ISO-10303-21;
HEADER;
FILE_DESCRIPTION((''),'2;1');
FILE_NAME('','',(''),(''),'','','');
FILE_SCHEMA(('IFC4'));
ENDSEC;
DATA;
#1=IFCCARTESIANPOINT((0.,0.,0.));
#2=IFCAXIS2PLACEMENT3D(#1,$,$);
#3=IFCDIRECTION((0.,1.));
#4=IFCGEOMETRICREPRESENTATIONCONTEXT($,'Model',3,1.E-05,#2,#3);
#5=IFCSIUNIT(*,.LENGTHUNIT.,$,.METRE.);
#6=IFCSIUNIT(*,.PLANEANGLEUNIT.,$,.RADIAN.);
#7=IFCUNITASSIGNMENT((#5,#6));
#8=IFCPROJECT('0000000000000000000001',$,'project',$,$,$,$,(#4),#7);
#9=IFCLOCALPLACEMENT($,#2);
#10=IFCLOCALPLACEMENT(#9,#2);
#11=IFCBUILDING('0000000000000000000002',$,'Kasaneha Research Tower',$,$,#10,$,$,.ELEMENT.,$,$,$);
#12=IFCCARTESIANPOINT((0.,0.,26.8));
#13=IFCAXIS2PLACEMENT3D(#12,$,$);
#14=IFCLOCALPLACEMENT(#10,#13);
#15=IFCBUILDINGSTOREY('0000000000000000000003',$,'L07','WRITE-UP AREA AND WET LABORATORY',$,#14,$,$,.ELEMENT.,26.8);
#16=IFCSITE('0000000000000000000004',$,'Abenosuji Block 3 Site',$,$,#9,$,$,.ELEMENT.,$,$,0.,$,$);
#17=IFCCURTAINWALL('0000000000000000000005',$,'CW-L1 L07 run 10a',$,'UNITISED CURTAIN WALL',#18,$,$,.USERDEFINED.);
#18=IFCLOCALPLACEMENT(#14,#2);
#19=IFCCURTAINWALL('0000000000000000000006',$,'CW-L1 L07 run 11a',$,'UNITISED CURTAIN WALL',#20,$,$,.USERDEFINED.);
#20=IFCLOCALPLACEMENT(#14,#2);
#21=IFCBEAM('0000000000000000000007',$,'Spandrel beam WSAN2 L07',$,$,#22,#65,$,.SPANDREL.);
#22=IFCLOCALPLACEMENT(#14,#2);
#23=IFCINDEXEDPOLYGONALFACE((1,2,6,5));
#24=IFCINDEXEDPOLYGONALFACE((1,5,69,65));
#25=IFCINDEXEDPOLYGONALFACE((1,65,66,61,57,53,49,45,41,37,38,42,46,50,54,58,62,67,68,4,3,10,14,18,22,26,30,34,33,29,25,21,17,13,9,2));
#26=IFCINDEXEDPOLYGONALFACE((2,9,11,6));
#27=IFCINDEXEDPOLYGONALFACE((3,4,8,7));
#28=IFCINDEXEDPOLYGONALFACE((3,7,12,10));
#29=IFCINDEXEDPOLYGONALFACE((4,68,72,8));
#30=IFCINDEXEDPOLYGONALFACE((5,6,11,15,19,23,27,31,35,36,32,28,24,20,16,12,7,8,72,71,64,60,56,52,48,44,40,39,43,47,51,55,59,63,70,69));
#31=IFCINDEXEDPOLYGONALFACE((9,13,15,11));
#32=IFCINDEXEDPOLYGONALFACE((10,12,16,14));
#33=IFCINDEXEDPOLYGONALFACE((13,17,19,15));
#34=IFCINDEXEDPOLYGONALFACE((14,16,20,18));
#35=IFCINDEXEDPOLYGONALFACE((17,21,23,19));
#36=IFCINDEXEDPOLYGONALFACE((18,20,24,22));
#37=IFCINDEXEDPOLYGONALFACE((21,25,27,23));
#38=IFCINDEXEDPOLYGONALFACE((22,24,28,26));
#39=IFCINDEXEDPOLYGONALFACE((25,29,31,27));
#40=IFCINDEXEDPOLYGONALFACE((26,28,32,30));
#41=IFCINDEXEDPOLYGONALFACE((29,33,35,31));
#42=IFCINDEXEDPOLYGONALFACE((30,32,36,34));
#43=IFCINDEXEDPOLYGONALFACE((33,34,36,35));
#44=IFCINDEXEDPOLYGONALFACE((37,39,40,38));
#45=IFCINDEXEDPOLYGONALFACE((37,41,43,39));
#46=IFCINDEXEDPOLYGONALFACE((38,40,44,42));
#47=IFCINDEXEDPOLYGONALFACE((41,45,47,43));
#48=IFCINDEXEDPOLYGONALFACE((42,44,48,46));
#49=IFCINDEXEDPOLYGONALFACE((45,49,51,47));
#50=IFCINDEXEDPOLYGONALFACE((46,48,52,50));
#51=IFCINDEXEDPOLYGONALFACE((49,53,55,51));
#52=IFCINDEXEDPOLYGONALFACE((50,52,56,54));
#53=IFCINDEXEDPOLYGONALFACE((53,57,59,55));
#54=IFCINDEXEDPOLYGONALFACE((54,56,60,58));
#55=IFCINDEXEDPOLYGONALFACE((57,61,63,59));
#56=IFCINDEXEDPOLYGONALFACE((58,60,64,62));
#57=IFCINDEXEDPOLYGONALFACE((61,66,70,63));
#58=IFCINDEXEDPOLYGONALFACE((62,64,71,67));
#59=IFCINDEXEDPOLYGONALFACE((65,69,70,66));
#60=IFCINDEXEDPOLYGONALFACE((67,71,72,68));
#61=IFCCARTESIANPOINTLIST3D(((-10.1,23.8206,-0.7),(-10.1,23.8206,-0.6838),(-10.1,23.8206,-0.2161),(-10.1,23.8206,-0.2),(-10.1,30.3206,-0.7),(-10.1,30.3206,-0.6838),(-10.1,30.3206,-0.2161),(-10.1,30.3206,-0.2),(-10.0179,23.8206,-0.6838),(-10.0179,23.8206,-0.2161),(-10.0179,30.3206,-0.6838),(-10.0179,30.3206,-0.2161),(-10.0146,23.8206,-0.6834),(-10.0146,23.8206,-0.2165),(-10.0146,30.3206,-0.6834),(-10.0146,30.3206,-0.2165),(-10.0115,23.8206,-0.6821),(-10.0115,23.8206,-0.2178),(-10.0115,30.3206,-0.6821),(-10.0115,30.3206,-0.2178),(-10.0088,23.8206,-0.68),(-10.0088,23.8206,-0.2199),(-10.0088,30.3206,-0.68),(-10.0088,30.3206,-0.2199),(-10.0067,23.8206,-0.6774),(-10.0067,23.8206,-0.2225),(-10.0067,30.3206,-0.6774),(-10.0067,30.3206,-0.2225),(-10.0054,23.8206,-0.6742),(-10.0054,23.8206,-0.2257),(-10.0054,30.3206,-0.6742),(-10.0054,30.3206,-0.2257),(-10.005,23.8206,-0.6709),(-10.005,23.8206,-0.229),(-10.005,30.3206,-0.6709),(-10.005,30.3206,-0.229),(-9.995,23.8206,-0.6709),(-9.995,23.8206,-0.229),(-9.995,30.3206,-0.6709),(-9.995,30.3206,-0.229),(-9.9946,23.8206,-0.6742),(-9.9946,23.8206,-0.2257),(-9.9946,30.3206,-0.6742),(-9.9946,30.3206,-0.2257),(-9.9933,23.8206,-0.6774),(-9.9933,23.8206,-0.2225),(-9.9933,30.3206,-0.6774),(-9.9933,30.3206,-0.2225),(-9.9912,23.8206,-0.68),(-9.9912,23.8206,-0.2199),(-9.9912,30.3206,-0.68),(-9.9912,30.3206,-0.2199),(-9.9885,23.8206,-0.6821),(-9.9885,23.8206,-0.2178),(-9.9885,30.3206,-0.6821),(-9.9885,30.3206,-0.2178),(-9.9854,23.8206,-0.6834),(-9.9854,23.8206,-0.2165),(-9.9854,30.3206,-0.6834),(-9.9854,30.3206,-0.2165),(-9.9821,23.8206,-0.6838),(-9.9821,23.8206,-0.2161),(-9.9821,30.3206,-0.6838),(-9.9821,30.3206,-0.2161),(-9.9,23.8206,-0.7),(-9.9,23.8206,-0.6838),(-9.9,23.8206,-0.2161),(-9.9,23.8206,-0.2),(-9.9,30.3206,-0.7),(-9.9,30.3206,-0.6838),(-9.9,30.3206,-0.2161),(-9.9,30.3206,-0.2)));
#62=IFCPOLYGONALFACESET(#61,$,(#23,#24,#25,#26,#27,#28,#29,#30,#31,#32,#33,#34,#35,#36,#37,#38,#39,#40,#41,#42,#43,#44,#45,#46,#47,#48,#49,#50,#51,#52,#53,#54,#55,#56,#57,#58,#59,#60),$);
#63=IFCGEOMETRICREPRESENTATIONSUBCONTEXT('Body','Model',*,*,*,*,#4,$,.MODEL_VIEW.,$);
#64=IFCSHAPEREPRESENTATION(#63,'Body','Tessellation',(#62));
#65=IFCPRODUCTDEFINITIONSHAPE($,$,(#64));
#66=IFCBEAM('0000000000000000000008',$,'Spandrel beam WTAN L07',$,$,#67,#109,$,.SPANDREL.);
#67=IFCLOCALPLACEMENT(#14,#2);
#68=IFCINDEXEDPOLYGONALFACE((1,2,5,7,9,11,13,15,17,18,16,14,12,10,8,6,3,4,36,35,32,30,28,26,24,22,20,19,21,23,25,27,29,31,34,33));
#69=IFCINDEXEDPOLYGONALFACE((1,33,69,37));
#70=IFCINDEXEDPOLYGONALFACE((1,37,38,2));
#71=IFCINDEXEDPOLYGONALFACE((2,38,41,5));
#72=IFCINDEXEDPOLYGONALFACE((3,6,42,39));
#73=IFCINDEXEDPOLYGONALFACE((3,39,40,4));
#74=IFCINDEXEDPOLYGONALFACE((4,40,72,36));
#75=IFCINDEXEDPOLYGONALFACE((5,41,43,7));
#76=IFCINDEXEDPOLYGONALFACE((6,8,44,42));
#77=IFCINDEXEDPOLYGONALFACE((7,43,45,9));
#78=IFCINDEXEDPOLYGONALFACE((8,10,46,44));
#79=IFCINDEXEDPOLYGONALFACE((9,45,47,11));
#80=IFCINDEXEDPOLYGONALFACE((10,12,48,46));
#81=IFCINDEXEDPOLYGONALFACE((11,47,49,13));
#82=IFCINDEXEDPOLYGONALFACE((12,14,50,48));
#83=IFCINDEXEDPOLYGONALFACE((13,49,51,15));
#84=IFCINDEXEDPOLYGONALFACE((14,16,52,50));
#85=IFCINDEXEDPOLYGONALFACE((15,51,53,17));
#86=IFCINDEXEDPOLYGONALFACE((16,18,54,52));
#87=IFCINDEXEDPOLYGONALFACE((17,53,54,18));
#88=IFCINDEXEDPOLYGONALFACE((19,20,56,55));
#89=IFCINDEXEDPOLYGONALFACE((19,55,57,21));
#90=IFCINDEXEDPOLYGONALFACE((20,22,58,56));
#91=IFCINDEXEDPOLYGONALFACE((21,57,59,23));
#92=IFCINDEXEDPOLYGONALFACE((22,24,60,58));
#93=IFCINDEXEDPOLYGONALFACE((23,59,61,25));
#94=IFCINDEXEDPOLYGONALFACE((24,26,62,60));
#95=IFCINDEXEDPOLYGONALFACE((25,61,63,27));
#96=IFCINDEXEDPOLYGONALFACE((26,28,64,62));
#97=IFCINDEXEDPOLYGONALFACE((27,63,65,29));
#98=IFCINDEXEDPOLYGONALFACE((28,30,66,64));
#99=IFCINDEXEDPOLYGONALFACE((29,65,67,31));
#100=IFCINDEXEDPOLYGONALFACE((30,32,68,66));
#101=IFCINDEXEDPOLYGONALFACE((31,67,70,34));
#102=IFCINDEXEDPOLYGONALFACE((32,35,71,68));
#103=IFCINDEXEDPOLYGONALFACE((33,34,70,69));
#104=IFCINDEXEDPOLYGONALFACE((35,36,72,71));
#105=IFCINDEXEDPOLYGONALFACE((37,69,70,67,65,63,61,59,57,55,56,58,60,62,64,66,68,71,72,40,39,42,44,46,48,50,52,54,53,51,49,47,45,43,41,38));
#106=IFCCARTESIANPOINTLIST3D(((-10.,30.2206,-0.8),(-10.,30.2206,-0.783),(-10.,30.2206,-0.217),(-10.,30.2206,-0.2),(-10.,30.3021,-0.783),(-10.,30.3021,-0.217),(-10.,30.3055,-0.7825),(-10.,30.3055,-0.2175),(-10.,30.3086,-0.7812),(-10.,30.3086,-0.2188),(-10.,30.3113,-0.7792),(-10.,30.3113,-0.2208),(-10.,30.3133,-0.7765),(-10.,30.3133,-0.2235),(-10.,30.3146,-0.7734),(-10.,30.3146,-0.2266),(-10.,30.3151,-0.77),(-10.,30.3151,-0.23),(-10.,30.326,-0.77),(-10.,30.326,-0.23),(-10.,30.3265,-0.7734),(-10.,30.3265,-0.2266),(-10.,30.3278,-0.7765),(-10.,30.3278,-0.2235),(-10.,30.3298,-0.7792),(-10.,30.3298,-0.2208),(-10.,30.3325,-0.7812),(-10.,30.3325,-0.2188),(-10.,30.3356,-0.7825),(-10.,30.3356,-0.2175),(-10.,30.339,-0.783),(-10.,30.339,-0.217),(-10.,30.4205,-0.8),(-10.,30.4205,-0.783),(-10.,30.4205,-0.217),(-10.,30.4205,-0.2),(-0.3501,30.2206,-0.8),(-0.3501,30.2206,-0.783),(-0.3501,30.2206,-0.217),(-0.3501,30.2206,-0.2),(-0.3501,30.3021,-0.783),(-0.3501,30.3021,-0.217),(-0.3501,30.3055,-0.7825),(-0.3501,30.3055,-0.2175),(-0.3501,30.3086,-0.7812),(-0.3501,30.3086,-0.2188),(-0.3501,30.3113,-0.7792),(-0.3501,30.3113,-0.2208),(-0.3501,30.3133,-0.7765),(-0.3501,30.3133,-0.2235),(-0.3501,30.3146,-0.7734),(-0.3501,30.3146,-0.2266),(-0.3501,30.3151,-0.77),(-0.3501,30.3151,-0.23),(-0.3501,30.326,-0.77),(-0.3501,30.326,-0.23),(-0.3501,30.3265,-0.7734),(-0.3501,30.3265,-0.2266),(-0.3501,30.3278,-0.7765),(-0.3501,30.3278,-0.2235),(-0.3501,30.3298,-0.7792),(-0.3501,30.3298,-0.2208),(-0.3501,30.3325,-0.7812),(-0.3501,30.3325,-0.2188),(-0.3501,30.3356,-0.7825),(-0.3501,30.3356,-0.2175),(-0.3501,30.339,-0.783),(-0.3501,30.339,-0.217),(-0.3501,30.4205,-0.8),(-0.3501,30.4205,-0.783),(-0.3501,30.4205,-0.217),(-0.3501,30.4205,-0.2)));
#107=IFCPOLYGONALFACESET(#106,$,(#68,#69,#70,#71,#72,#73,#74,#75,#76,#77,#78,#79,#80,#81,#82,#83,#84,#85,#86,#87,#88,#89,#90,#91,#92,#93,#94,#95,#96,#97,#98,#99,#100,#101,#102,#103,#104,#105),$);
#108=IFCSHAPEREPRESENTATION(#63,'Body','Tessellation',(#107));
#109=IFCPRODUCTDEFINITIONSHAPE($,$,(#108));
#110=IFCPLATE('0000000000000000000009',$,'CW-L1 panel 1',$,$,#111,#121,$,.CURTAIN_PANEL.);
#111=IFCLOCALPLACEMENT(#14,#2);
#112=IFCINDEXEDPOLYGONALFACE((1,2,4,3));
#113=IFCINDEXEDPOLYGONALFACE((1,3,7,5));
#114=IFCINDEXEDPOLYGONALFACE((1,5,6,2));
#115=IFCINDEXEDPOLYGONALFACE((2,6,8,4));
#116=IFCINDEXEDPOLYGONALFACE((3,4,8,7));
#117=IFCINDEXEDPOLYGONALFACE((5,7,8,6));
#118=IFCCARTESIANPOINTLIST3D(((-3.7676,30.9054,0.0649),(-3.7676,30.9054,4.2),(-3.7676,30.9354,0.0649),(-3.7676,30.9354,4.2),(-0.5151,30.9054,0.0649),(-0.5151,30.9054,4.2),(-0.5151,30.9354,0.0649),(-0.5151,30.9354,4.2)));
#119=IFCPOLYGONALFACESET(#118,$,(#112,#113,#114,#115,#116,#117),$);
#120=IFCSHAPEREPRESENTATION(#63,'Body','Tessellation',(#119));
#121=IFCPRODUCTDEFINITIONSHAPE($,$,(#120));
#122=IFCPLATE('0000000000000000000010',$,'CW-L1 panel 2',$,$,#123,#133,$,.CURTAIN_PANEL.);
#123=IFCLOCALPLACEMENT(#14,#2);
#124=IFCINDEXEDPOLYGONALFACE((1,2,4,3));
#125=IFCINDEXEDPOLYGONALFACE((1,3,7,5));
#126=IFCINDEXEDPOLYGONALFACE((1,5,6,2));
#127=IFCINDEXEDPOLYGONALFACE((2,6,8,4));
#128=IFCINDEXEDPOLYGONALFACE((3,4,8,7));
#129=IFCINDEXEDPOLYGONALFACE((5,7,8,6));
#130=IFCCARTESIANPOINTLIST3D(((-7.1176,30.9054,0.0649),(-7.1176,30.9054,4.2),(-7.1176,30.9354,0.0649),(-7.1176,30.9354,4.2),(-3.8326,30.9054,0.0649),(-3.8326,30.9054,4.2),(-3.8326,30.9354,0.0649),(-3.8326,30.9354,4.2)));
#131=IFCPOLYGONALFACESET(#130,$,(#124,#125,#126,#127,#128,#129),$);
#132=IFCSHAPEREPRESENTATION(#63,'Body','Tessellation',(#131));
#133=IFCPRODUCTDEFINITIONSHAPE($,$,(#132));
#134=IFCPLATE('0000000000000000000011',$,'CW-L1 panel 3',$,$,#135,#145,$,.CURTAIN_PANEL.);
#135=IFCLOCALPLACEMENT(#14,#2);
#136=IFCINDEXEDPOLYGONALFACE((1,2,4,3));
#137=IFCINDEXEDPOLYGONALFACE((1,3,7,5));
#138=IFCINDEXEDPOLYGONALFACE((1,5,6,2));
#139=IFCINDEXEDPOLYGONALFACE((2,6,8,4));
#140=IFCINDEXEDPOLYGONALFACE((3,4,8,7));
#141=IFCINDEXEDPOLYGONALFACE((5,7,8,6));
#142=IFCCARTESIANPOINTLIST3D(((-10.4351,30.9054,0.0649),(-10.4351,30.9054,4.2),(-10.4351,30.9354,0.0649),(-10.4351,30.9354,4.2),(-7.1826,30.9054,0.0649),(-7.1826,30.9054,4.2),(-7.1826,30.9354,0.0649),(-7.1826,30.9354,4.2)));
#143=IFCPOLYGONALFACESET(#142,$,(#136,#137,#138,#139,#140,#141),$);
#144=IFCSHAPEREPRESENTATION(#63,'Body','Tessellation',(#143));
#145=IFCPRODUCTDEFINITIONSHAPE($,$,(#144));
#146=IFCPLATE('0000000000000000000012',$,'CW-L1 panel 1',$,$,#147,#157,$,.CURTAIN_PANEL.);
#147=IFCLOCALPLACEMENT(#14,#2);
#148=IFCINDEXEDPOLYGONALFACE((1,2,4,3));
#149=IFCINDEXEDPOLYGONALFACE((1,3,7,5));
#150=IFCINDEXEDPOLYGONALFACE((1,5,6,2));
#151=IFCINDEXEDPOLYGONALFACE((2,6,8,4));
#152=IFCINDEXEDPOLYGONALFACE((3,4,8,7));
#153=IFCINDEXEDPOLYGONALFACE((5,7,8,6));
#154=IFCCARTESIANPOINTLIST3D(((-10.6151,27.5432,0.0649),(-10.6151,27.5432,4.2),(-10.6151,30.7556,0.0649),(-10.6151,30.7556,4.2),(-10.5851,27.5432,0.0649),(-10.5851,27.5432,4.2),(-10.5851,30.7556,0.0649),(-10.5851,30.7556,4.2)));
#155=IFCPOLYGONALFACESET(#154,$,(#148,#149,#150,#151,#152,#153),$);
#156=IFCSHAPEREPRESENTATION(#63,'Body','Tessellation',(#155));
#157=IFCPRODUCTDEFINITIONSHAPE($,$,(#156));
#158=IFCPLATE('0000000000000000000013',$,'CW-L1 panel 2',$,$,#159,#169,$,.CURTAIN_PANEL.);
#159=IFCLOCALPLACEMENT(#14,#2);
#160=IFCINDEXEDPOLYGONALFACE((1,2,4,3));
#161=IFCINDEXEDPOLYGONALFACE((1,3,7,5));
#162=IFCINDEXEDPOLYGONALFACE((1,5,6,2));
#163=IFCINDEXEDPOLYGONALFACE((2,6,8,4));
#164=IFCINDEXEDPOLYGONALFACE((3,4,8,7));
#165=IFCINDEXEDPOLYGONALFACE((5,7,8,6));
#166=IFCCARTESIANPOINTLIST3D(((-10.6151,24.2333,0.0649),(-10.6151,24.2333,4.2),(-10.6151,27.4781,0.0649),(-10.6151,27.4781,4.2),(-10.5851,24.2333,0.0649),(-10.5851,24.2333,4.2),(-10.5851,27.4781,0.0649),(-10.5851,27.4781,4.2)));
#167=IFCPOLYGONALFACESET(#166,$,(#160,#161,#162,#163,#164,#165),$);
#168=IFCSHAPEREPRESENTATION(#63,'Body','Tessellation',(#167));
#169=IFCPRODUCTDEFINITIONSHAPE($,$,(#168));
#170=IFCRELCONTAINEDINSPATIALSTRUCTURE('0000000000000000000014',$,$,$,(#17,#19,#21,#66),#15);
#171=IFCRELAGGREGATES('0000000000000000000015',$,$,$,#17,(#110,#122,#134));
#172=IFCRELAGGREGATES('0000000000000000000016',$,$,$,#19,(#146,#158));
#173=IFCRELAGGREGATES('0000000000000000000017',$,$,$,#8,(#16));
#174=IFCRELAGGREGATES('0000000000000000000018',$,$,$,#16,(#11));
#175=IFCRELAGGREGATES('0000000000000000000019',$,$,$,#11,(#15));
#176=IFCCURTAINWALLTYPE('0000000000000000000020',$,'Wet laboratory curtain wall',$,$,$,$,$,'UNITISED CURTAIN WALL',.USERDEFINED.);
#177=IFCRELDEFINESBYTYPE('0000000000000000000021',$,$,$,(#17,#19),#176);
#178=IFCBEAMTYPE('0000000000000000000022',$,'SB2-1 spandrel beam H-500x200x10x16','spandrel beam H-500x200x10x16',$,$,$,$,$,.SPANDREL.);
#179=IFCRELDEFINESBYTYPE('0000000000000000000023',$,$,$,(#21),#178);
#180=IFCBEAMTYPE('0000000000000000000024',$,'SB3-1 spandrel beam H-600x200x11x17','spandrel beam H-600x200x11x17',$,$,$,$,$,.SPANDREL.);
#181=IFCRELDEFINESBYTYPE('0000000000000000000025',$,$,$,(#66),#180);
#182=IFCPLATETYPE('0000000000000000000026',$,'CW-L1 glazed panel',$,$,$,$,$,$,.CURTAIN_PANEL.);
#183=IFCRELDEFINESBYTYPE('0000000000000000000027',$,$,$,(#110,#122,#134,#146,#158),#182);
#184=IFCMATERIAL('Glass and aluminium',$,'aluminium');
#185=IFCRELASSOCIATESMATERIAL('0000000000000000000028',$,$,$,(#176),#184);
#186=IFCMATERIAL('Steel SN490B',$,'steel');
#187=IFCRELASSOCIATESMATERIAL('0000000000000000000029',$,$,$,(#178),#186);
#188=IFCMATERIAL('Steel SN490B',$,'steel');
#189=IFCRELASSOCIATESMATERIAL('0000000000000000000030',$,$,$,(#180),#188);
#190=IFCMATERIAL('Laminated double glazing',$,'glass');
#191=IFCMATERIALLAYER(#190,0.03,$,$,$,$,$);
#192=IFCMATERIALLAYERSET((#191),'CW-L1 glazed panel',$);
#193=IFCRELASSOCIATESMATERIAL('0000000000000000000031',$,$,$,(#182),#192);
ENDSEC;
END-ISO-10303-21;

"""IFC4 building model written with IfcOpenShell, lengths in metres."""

from ifc_helpers import new_model, si_unit, direction, frame, origin, origin_2d, place, context, subcontext, project, spatial, rectangle, i_section, extrude, material, layer, layer_set, material_profile, profile_set, type_object, element, aggregate, save


model = new_model("IFC4")

# Units and contexts
model_context = context("Model", 3, precision=1e-05, world=origin(), true_north=direction((0.0, 1.0)))
body_context = subcontext(model_context, "Body", "Model", "MODEL_VIEW")
ifc_project = project(units=[si_unit("LENGTHUNIT", "METRE"), si_unit("PLANEANGLEUNIT", "RADIAN")], contexts=[model_context])

# Site, building, storey
site_placement = place(None, origin())
site = spatial("IfcSite", under=ifc_project, at=site_placement, Name="Abenosuji Block 3 Site", CompositionType="ELEMENT", RefElevation=0.0)
building_placement = place(site_placement, origin())
building = spatial("IfcBuilding", under=site, at=building_placement, Name="Kasaneha Research Tower", CompositionType="ELEMENT")
storey_placement = place(building_placement, frame((0.0, 0.0, 26.8)))
storey = spatial("IfcBuildingStorey", under=building, at=storey_placement, Name="L07", Description="WRITE-UP AREA AND WET LABORATORY", CompositionType="ELEMENT", Elevation=26.8)

# Curtain walls
ifc_material_1 = material(Name="Glass and aluminium", Category="aluminium")
curtain_wall_type = type_object("IfcCurtainWallType", Name="Wet laboratory curtain wall", ElementType="UNITISED CURTAIN WALL", PredefinedType="USERDEFINED", material=ifc_material_1)
curtain_wall_1_placement = place(storey_placement, origin())
curtain_wall_1 = element("IfcCurtainWall", 1, at=curtain_wall_1_placement, inside=storey, type_object=curtain_wall_type, Name="CW-L1 L07 run 10a", ObjectType="UNITISED CURTAIN WALL", PredefinedType="USERDEFINED")
curtain_wall_2_placement = place(storey_placement, origin())
curtain_wall_2 = element("IfcCurtainWall", 2, at=curtain_wall_2_placement, inside=storey, type_object=curtain_wall_type, Name="CW-L1 L07 run 11a", ObjectType="UNITISED CURTAIN WALL", PredefinedType="USERDEFINED")

# Beams
ifc_material_2 = material(Name="Steel SN490B", Category="steel")
ifc_material_profile_1 = material_profile(ifc_material_2, i_section(OverallWidth=0.2, OverallDepth=0.5, WebThickness=0.01, FlangeThickness=0.0161, FilletRadius=0.0129, at=origin_2d()), Name="H-500x200x10x16")
ifc_profile_set_1 = profile_set([ifc_material_profile_1], Name="Steel SN490B")
beam_type_1 = type_object("IfcBeamType", Name="SB2-1 spandrel beam H-500x200x10x16", Description="spandrel beam H-500x200x10x16", PredefinedType="SPANDREL", material=ifc_profile_set_1)
beam_1_placement = place(storey_placement, frame((-10.0, 23.8206, -0.45), z_axis=(0.0, 1.0, 0.0), x_axis=(-1.0, 0.0, 0.0)))
element("IfcBeam", 3, at=beam_1_placement, inside=storey, type_object=beam_type_1, Name="Spandrel beam WSAN2 L07", PredefinedType="SPANDREL", context=body_context, shape_type="SweptSolid", body=[
    extrude(i_section(OverallWidth=0.2, OverallDepth=0.5, WebThickness=0.01, FlangeThickness=0.0161, FilletRadius=0.0129, at=origin_2d()), origin(), (0.0, 0.0, 1.0), 6.5),
])
ifc_material_3 = material(Name="Steel SN490B", Category="steel")
ifc_material_profile_2 = material_profile(ifc_material_3, i_section(OverallWidth=0.2, OverallDepth=0.6001, WebThickness=0.011, FlangeThickness=0.0171, FilletRadius=0.0129, at=origin_2d()), Name="H-600x200x11x17")
ifc_profile_set_2 = profile_set([ifc_material_profile_2], Name="Steel SN490B")
beam_type_2 = type_object("IfcBeamType", Name="SB3-1 spandrel beam H-600x200x11x17", Description="spandrel beam H-600x200x11x17", PredefinedType="SPANDREL", material=ifc_profile_set_2)
beam_2_placement = place(storey_placement, frame((-10.0, 30.3206, -0.5), z_axis=(1.0, 0.0, 0.0), x_axis=(0.0, 1.0, 0.0)))
element("IfcBeam", 4, at=beam_2_placement, inside=storey, type_object=beam_type_2, Name="Spandrel beam WTAN L07", PredefinedType="SPANDREL", context=body_context, shape_type="SweptSolid", body=[
    extrude(i_section(OverallWidth=0.2, OverallDepth=0.6001, WebThickness=0.011, FlangeThickness=0.0171, FilletRadius=0.0129, at=origin_2d()), origin(), (0.0, 0.0, 1.0), 9.6499),
])

# Plates
ifc_material_4 = material(Name="Laminated double glazing", Category="glass")
ifc_layer_1 = layer(ifc_material_4, 0.03)
ifc_layer_set_1 = layer_set([ifc_layer_1], Name="CW-L1 glazed panel")
plate_type = type_object("IfcPlateType", Name="CW-L1 glazed panel", PredefinedType="CURTAIN_PANEL", material=ifc_layer_set_1)
plate_1_placement = place(storey_placement, frame((-2.1414, 30.9204, 0.0649), z_axis=(0.0, 0.0, 1.0), x_axis=(-1.0, 0.0, 0.0)))
plate_1 = element("IfcPlate", 5, at=plate_1_placement, type_object=plate_type, Name="CW-L1 panel 1", PredefinedType="CURTAIN_PANEL", context=body_context, shape_type="SweptSolid", body=[
    extrude(rectangle(XDim=3.2524, YDim=0.03, at=origin_2d()), origin(), (0.0, 0.0, 1.0), 4.135),
])
plate_2_placement = place(storey_placement, frame((-5.4751, 30.9204, 0.0649), z_axis=(0.0, 0.0, 1.0), x_axis=(-1.0, 0.0, 0.0)))
plate_2 = element("IfcPlate", 6, at=plate_2_placement, type_object=plate_type, Name="CW-L1 panel 2", PredefinedType="CURTAIN_PANEL", context=body_context, shape_type="SweptSolid", body=[
    extrude(rectangle(XDim=3.2849, YDim=0.03, at=origin_2d()), origin(), (0.0, 0.0, 1.0), 4.135),
])
plate_3_placement = place(storey_placement, frame((-8.8088, 30.9204, 0.0649), z_axis=(0.0, 0.0, 1.0), x_axis=(-1.0, 0.0, 0.0)))
plate_3 = element("IfcPlate", 7, at=plate_3_placement, type_object=plate_type, Name="CW-L1 panel 3", PredefinedType="CURTAIN_PANEL", context=body_context, shape_type="SweptSolid", body=[
    extrude(rectangle(XDim=3.2524, YDim=0.03, at=origin_2d()), origin(), (0.0, 0.0, 1.0), 4.135),
])
aggregate(curtain_wall_1, [plate_1, plate_2, plate_3])
plate_4_placement = place(storey_placement, frame((-10.6001, 29.1494, 0.0649), z_axis=(0.0, 0.0, 1.0), x_axis=(0.0, -1.0, 0.0)))
plate_4 = element("IfcPlate", 8, at=plate_4_placement, type_object=plate_type, Name="CW-L1 panel 1", PredefinedType="CURTAIN_PANEL", context=body_context, shape_type="SweptSolid", body=[
    extrude(rectangle(XDim=3.2124, YDim=0.03, at=origin_2d()), origin(), (0.0, 0.0, 1.0), 4.135),
])
plate_5_placement = place(storey_placement, frame((-10.6001, 25.8557, 0.0649), z_axis=(0.0, 0.0, 1.0), x_axis=(0.0, -1.0, 0.0)))
plate_5 = element("IfcPlate", 9, at=plate_5_placement, type_object=plate_type, Name="CW-L1 panel 2", PredefinedType="CURTAIN_PANEL", context=body_context, shape_type="SweptSolid", body=[
    extrude(rectangle(XDim=3.2449, YDim=0.03, at=origin_2d()), origin(), (0.0, 0.0, 1.0), 4.135),
])
aggregate(curtain_wall_2, [plate_4, plate_5])

save(model, "model.ifc")
